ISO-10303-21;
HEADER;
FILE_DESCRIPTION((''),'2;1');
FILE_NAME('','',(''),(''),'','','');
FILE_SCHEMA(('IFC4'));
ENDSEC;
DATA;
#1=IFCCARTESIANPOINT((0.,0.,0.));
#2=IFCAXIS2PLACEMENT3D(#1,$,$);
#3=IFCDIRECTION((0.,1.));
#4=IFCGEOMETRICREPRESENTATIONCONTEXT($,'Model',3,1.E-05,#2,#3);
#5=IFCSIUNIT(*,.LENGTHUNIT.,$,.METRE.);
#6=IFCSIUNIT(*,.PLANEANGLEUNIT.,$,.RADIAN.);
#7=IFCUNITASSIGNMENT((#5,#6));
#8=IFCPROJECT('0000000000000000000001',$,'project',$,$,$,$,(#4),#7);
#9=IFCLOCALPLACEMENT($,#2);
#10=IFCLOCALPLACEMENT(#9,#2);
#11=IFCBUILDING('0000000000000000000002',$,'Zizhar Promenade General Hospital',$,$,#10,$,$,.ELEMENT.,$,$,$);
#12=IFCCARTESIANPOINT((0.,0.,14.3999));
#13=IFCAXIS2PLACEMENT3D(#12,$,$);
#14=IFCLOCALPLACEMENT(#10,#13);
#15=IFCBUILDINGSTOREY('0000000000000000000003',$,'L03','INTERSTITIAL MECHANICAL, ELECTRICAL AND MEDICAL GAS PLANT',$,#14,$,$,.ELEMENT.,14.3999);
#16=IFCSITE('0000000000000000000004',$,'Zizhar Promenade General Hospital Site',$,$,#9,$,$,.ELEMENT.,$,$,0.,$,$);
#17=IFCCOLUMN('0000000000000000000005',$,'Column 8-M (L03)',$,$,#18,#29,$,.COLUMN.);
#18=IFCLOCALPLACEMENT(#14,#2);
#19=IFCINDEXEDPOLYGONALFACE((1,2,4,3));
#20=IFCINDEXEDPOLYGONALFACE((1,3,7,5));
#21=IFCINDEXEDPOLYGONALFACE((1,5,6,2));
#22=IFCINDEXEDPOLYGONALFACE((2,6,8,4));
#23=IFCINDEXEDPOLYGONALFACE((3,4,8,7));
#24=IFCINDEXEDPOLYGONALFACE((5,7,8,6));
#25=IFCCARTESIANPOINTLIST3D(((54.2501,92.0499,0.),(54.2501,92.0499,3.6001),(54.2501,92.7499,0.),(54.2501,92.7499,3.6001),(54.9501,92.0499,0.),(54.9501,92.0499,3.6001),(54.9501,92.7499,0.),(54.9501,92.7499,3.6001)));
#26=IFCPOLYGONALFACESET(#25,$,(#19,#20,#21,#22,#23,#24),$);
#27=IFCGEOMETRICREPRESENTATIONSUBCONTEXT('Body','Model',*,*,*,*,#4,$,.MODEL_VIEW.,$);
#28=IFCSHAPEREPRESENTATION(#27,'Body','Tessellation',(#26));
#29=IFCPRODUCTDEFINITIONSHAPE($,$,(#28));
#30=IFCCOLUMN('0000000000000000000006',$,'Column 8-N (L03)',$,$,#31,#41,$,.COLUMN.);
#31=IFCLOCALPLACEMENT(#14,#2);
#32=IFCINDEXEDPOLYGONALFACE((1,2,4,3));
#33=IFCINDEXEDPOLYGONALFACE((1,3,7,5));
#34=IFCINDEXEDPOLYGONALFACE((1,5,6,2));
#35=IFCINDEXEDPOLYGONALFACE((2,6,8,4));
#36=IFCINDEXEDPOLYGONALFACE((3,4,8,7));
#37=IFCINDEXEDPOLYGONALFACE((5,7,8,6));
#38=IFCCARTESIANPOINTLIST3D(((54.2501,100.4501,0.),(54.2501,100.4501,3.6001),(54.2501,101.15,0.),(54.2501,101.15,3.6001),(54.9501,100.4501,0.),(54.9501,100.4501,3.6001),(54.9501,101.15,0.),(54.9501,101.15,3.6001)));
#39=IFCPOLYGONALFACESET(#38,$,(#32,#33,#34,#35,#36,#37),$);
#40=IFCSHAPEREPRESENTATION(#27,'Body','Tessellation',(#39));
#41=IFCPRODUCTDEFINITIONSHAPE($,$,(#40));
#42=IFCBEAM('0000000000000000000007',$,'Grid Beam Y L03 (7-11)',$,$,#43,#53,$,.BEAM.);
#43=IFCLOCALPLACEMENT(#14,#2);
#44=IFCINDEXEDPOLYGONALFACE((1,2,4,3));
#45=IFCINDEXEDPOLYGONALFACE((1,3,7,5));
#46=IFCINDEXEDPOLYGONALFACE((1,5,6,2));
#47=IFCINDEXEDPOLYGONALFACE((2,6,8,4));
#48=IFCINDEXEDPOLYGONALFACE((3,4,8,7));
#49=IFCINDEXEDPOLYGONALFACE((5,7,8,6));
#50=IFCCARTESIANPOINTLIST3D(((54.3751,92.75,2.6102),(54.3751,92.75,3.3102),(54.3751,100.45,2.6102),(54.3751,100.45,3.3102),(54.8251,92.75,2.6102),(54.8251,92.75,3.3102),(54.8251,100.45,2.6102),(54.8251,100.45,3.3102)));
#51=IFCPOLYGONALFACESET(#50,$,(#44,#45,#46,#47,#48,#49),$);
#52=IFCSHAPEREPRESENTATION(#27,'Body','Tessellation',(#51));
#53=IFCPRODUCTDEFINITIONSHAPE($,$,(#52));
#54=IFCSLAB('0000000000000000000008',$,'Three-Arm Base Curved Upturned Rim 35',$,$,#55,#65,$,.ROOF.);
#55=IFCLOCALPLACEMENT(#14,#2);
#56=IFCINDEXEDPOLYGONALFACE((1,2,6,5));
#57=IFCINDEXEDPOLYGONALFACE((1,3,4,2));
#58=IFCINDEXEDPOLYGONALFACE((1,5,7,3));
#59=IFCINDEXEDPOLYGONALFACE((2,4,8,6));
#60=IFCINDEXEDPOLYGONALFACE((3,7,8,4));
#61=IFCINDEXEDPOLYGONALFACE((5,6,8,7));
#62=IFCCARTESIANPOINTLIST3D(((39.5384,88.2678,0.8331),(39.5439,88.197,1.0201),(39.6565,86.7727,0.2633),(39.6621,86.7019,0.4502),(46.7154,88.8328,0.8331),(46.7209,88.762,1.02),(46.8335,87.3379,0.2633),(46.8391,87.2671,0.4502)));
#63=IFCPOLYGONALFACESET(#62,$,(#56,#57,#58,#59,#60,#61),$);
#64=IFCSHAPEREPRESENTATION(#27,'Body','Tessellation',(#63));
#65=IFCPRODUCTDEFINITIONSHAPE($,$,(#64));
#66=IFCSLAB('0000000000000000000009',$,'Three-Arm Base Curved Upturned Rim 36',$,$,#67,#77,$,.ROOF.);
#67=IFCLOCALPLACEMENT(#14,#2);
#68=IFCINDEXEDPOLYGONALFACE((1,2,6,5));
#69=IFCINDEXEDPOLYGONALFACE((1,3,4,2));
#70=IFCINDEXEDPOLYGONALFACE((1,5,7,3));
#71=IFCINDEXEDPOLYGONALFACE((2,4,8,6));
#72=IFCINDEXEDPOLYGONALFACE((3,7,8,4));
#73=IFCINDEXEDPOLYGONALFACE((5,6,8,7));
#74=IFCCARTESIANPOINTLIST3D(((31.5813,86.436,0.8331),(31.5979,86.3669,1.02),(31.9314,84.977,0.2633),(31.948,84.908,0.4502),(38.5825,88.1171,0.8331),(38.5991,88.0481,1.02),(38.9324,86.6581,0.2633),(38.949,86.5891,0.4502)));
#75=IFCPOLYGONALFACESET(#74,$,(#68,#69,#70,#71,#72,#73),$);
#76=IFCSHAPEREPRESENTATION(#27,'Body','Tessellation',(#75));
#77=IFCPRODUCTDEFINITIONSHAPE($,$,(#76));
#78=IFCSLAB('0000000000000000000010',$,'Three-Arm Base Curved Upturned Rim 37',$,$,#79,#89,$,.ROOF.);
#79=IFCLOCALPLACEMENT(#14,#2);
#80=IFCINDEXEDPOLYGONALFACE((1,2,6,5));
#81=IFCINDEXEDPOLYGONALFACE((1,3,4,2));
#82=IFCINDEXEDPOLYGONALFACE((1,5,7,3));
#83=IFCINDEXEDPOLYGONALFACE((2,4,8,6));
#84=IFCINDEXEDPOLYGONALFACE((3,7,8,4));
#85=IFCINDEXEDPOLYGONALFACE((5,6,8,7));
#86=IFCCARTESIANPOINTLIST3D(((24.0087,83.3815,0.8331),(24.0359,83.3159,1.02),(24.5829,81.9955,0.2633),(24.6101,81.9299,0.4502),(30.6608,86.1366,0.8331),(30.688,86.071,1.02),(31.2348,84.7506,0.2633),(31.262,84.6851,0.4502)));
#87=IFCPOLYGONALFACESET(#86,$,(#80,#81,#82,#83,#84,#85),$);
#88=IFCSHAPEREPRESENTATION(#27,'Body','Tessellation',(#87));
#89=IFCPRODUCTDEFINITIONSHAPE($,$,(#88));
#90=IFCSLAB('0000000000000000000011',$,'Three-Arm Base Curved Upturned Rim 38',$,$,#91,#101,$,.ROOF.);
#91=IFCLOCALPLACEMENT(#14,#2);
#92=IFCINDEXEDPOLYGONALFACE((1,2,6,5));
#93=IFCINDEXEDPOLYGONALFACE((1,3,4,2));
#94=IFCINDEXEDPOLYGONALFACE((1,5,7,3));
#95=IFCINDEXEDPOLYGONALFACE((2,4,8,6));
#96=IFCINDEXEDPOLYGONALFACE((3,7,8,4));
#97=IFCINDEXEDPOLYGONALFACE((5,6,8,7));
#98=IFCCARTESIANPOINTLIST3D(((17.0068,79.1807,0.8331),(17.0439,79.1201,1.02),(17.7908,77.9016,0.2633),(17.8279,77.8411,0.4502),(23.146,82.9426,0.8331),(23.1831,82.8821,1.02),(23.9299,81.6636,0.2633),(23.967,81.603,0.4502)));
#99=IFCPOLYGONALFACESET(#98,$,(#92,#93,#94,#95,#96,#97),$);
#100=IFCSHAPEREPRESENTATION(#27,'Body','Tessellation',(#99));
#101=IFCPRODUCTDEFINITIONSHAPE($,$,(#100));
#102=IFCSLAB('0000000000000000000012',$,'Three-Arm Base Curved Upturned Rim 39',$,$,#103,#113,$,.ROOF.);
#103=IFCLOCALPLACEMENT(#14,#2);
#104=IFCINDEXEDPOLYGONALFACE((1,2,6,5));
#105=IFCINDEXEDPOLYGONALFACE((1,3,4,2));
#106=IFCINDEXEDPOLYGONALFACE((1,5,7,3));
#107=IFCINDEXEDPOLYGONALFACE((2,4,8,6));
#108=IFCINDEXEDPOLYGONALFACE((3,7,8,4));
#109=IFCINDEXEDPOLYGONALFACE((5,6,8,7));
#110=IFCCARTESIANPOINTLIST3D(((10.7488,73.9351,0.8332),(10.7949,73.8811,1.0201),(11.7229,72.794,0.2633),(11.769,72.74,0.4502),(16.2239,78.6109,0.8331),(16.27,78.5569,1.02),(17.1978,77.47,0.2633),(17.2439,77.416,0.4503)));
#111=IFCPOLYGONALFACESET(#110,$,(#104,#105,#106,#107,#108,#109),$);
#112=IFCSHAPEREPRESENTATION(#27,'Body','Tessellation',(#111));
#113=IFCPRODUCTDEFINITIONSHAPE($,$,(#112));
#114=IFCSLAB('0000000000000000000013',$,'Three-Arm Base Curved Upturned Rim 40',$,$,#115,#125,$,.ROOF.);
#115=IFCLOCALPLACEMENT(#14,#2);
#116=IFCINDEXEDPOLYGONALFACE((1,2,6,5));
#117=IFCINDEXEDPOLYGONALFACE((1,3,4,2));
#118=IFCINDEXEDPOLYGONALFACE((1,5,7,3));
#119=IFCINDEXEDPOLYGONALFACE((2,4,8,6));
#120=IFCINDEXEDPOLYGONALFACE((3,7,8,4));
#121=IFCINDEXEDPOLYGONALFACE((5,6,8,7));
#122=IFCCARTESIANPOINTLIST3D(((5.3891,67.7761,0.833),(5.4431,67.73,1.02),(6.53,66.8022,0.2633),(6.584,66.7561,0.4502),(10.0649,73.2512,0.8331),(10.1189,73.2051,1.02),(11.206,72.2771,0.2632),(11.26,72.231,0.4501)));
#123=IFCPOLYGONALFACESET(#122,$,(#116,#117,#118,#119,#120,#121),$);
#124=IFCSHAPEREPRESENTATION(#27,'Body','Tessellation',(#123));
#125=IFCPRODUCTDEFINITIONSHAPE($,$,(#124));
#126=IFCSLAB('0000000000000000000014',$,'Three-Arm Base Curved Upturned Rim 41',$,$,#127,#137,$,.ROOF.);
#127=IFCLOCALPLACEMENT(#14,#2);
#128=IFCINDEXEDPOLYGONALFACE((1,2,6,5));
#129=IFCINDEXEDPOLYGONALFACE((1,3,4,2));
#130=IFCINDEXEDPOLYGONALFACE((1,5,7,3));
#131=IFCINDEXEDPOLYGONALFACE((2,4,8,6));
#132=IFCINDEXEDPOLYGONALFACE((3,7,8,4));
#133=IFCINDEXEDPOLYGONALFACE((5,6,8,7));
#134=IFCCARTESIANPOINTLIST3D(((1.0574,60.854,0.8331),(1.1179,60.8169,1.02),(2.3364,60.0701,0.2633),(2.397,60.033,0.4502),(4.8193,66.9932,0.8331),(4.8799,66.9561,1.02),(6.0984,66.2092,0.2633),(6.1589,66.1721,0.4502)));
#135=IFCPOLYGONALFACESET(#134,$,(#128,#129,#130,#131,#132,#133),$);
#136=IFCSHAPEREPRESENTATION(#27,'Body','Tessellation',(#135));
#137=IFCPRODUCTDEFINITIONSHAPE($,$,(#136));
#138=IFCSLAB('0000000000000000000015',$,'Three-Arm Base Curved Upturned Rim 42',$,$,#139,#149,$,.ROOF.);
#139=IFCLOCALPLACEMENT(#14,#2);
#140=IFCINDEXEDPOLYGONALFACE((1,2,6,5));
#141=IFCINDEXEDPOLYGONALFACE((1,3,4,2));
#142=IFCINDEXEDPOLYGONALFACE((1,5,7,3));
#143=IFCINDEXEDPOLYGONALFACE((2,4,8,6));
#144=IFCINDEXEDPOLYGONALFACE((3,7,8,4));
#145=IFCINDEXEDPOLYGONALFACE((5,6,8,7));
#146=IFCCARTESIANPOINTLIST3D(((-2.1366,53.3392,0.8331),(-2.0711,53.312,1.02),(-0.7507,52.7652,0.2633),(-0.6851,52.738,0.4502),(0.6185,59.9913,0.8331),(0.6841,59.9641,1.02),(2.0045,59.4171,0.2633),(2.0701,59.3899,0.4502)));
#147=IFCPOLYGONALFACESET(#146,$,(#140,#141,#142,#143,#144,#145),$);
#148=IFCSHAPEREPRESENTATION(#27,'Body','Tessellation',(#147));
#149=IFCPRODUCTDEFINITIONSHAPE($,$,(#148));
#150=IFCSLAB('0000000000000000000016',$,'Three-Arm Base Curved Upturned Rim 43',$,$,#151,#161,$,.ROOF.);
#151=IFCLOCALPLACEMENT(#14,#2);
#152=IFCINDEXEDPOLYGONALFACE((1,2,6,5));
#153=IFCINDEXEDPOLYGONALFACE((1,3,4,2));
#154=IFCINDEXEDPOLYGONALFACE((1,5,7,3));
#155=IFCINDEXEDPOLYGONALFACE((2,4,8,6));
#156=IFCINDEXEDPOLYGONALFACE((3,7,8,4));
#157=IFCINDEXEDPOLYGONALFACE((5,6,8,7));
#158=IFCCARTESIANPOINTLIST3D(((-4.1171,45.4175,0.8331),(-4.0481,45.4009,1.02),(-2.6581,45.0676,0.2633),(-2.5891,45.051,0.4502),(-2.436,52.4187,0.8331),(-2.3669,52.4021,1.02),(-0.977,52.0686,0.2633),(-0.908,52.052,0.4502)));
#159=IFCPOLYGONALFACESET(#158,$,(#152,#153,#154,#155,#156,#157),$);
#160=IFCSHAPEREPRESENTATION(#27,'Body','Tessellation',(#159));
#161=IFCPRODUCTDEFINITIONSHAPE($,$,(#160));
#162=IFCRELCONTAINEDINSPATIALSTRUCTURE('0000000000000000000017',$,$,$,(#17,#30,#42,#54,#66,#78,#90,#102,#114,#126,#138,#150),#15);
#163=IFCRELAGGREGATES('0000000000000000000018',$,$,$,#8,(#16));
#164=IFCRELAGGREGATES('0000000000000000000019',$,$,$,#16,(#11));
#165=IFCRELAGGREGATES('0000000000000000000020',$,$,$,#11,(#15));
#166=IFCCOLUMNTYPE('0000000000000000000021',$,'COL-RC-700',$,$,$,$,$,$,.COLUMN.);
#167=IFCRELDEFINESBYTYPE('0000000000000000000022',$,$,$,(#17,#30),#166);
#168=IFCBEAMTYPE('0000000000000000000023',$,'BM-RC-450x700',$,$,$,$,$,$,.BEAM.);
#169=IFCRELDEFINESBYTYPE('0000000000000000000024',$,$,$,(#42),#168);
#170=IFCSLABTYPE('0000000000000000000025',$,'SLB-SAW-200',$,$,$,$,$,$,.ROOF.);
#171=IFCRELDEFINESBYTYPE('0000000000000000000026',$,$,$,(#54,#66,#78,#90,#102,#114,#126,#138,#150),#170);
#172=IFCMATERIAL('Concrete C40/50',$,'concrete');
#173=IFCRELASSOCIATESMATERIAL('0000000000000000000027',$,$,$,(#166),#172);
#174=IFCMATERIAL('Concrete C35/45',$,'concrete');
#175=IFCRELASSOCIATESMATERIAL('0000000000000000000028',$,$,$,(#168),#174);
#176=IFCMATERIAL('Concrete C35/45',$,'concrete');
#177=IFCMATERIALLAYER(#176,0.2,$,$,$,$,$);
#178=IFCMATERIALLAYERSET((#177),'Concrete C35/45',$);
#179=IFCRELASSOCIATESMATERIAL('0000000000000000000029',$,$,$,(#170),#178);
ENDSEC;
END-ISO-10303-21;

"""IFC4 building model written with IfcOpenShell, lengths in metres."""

from ifc_helpers import new_model, si_unit, direction, frame, origin, origin_2d, place, context, subcontext, project, spatial, polyline, rectangle, outline, extrude, material, layer, layer_set, material_profile, profile_set, type_object, element, save


model = new_model("IFC4")

# Units and contexts
model_context = context("Model", 3, precision=1e-05, world=origin(), true_north=direction((0.0, 1.0)))
body_context = subcontext(model_context, "Body", "Model", "MODEL_VIEW")
ifc_project = project(units=[si_unit("LENGTHUNIT", "METRE"), si_unit("PLANEANGLEUNIT", "RADIAN")], contexts=[model_context])

# Site, building, storey
site_placement = place(None, origin())
site = spatial("IfcSite", under=ifc_project, at=site_placement, Name="Zizhar Promenade General Hospital Site", CompositionType="ELEMENT", RefElevation=0.0)
building_placement = place(site_placement, origin())
building = spatial("IfcBuilding", under=site, at=building_placement, Name="Zizhar Promenade General Hospital", CompositionType="ELEMENT")
storey_placement = place(building_placement, frame((0.0, 0.0, 14.3999)))
storey = spatial("IfcBuildingStorey", under=building, at=storey_placement, Name="L03", Description="INTERSTITIAL MECHANICAL, ELECTRICAL AND MEDICAL GAS PLANT", CompositionType="ELEMENT", Elevation=14.3999)

# Columns
ifc_material_1 = material(Name="Concrete C40/50", Category="concrete")
ifc_material_profile_1 = material_profile(ifc_material_1, rectangle(XDim=0.7, YDim=0.7, at=origin_2d()))
ifc_profile_set_1 = profile_set([ifc_material_profile_1], Name="Concrete C40/50")
column_type = type_object("IfcColumnType", Name="COL-RC-700", PredefinedType="COLUMN", material=ifc_profile_set_1)
for number, where, z_axis, x_axis, name in (
    (1, (54.6001, 92.3999, 0.0), (0.0, 0.0, 1.0), (1.0, 0.0, 0.0), "Column 8-M (L03)"),
    (2, (54.6001, 100.8, 0.0), (0.0, 0.0, 1.0), (1.0, 0.0, 0.0), "Column 8-N (L03)"),
):
    element("IfcColumn", number, at=place(storey_placement, frame(where, z_axis=z_axis, x_axis=x_axis)), inside=storey, type_object=column_type, Name=name, PredefinedType="COLUMN", context=body_context, shape_type="SweptSolid", body=[
        extrude(rectangle(XDim=0.7, YDim=0.7, at=origin_2d()), origin(), (0.0, 0.0, 1.0), 3.6001),
    ])

# Beam
ifc_material_2 = material(Name="Concrete C35/45", Category="concrete")
ifc_material_profile_2 = material_profile(ifc_material_2, rectangle(XDim=0.45, YDim=0.7, at=origin_2d()))
ifc_profile_set_2 = profile_set([ifc_material_profile_2], Name="Concrete C35/45")
beam_type = type_object("IfcBeamType", Name="BM-RC-450x700", PredefinedType="BEAM", material=ifc_profile_set_2)
beam_placement = place(storey_placement, frame((54.6001, 92.75, 2.9602), z_axis=(0.0, 1.0, 0.0), x_axis=(-1.0, 0.0, 0.0)))
element("IfcBeam", 3, at=beam_placement, inside=storey, type_object=beam_type, Name="Grid Beam Y L03 (7-11)", PredefinedType="BEAM", context=body_context, shape_type="SweptSolid", body=[
    extrude(rectangle(XDim=0.45, YDim=0.7, at=origin_2d()), origin(), (0.0, 0.0, 1.0), 7.7),
])

# Slabs
ifc_material_3 = material(Name="Concrete C35/45", Category="concrete")
ifc_layer_1 = layer(ifc_material_3, 0.2)
ifc_layer_set_1 = layer_set([ifc_layer_1], Name="Concrete C35/45")
slab_type = type_object("IfcSlabType", Name="SLB-SAW-200", PredefinedType="ROOF", material=ifc_layer_set_1)
slab_1_placement = place(storey_placement, frame((46.7209, 88.762, 1.02), z_axis=(0.027879, -0.354097, 0.934793), x_axis=(-0.996916, -0.078475, 0.000006)))
element("IfcSlab", 4, at=slab_1_placement, inside=storey, type_object=slab_type, Name="Three-Arm Base Curved Upturned Rim 35", PredefinedType="ROOF", context=body_context, shape_type="SweptSolid", body=[
    extrude(outline(polyline([(0.0, 0.0), (7.1992, 0.0), (7.1987, 1.6044), (-0.0005, 1.6042), (0.0, 0.0)])), origin(), (0.0, 0.0, -1.0), 0.2),
])
slab_2_placement = place(storey_placement, frame((38.5991, 88.0481, 1.02), z_axis=(0.082899, -0.345231, 0.934849), x_axis=(-0.97236, -0.233486, 0.000001)))
element("IfcSlab", 5, at=slab_2_placement, inside=storey, type_object=slab_type, Name="Three-Arm Base Curved Upturned Rim 36", PredefinedType="ROOF", context=body_context, shape_type="SweptSolid", body=[
    extrude(outline(polyline([(0.0, 0.0), (7.2002, 0.0), (7.2005, 1.605), (0.0005, 1.6049), (0.0, 0.0)])), origin(), (0.0, 0.0, -1.0), 0.2),
])
slab_3_placement = place(storey_placement, frame((30.688, 86.071, 1.02), z_axis=(0.135876, -0.328059, 0.934834), x_axis=(-0.923892, -0.382653, 0.000002)))
element("IfcSlab", 6, at=slab_3_placement, inside=storey, type_object=slab_type, Name="Three-Arm Base Curved Upturned Rim 37", PredefinedType="ROOF", context=body_context, shape_type="SweptSolid", body=[
    extrude(outline(polyline([(0.0, 0.0), (7.2001, 0.0), (7.1999, 1.6048), (0.0001, 1.6047), (0.0, 0.0)])), origin(), (0.0, 0.0, -1.0), 0.2),
])
slab_4_placement = place(storey_placement, frame((23.1831, 82.8821, 1.02), z_axis=(0.185527, -0.302763, 0.934834), x_axis=(-0.852648, -0.522487, 0.0)))
element("IfcSlab", 7, at=slab_4_placement, inside=storey, type_object=slab_type, Name="Three-Arm Base Curved Upturned Rim 38", PredefinedType="ROOF", context=body_context, shape_type="SweptSolid", body=[
    extrude(outline(polyline([(0.0, 0.0), (7.2001, 0.0), (7.2, 1.6048), (-0.0001, 1.6048), (0.0, 0.0)])), origin(), (0.0, 0.0, -1.0), 0.2),
])
slab_5_placement = place(storey_placement, frame((16.27, 78.5569, 1.02), z_axis=(0.230605, -0.270013, 0.934834), x_axis=(-0.760431, -0.649419, 0.000008)))
element("IfcSlab", 8, at=slab_5_placement, inside=storey, type_object=slab_type, Name="Three-Arm Base Curved Upturned Rim 39", PredefinedType="ROOF", context=body_context, shape_type="SweptSolid", body=[
    extrude(outline(polyline([(0.0, 0.0), (7.2, 0.0), (7.2003, 1.6049), (0.0003, 1.6046), (0.0, 0.0)])), origin(), (0.0, 0.0, -1.0), 0.2),
])
slab_6_placement = place(storey_placement, frame((10.1189, 73.2051, 1.02), z_axis=(0.270013, -0.230605, 0.934834), x_axis=(-0.649419, -0.760431, -0.000008)))
element("IfcSlab", 9, at=slab_6_placement, inside=storey, type_object=slab_type, Name="Three-Arm Base Curved Upturned Rim 40", PredefinedType="ROOF", context=body_context, shape_type="SweptSolid", body=[
    extrude(outline(polyline([(0.0, 0.0), (7.2, 0.0), (7.1996, 1.6046), (-0.0003, 1.6049), (0.0, 0.0)])), origin(), (0.0, 0.0, -1.0), 0.2),
])
slab_7_placement = place(storey_placement, frame((4.8799, 66.9561, 1.02), z_axis=(0.302763, -0.185527, 0.934834), x_axis=(-0.522487, -0.852648, 0.0)))
element("IfcSlab", 10, at=slab_7_placement, inside=storey, type_object=slab_type, Name="Three-Arm Base Curved Upturned Rim 41", PredefinedType="ROOF", context=body_context, shape_type="SweptSolid", body=[
    extrude(outline(polyline([(0.0, 0.0), (7.2001, 0.0), (7.2002, 1.6048), (0.0001, 1.6048), (0.0, 0.0)])), origin(), (0.0, 0.0, -1.0), 0.2),
])
slab_8_placement = place(storey_placement, frame((0.6841, 59.9641, 1.02), z_axis=(0.328059, -0.135876, 0.934834), x_axis=(-0.382653, -0.923892, -0.000002)))
element("IfcSlab", 11, at=slab_8_placement, inside=storey, type_object=slab_type, Name="Three-Arm Base Curved Upturned Rim 42", PredefinedType="ROOF", context=body_context, shape_type="SweptSolid", body=[
    extrude(outline(polyline([(0.0, 0.0), (7.2001, 0.0), (7.2, 1.6047), (0.0002, 1.6048), (0.0, 0.0)])), origin(), (0.0, 0.0, -1.0), 0.2),
])
slab_9_placement = place(storey_placement, frame((-2.3669, 52.4021, 1.02), z_axis=(0.345231, -0.082899, 0.934849), x_axis=(-0.233486, -0.97236, -0.000001)))
element("IfcSlab", 12, at=slab_9_placement, inside=storey, type_object=slab_type, Name="Three-Arm Base Curved Upturned Rim 43", PredefinedType="ROOF", context=body_context, shape_type="SweptSolid", body=[
    extrude(outline(polyline([(0.0, 0.0), (7.2002, 0.0), (7.1998, 1.6049), (-0.0002, 1.605), (0.0, 0.0)])), origin(), (0.0, 0.0, -1.0), 0.2),
])

save(model, "model.ifc")
